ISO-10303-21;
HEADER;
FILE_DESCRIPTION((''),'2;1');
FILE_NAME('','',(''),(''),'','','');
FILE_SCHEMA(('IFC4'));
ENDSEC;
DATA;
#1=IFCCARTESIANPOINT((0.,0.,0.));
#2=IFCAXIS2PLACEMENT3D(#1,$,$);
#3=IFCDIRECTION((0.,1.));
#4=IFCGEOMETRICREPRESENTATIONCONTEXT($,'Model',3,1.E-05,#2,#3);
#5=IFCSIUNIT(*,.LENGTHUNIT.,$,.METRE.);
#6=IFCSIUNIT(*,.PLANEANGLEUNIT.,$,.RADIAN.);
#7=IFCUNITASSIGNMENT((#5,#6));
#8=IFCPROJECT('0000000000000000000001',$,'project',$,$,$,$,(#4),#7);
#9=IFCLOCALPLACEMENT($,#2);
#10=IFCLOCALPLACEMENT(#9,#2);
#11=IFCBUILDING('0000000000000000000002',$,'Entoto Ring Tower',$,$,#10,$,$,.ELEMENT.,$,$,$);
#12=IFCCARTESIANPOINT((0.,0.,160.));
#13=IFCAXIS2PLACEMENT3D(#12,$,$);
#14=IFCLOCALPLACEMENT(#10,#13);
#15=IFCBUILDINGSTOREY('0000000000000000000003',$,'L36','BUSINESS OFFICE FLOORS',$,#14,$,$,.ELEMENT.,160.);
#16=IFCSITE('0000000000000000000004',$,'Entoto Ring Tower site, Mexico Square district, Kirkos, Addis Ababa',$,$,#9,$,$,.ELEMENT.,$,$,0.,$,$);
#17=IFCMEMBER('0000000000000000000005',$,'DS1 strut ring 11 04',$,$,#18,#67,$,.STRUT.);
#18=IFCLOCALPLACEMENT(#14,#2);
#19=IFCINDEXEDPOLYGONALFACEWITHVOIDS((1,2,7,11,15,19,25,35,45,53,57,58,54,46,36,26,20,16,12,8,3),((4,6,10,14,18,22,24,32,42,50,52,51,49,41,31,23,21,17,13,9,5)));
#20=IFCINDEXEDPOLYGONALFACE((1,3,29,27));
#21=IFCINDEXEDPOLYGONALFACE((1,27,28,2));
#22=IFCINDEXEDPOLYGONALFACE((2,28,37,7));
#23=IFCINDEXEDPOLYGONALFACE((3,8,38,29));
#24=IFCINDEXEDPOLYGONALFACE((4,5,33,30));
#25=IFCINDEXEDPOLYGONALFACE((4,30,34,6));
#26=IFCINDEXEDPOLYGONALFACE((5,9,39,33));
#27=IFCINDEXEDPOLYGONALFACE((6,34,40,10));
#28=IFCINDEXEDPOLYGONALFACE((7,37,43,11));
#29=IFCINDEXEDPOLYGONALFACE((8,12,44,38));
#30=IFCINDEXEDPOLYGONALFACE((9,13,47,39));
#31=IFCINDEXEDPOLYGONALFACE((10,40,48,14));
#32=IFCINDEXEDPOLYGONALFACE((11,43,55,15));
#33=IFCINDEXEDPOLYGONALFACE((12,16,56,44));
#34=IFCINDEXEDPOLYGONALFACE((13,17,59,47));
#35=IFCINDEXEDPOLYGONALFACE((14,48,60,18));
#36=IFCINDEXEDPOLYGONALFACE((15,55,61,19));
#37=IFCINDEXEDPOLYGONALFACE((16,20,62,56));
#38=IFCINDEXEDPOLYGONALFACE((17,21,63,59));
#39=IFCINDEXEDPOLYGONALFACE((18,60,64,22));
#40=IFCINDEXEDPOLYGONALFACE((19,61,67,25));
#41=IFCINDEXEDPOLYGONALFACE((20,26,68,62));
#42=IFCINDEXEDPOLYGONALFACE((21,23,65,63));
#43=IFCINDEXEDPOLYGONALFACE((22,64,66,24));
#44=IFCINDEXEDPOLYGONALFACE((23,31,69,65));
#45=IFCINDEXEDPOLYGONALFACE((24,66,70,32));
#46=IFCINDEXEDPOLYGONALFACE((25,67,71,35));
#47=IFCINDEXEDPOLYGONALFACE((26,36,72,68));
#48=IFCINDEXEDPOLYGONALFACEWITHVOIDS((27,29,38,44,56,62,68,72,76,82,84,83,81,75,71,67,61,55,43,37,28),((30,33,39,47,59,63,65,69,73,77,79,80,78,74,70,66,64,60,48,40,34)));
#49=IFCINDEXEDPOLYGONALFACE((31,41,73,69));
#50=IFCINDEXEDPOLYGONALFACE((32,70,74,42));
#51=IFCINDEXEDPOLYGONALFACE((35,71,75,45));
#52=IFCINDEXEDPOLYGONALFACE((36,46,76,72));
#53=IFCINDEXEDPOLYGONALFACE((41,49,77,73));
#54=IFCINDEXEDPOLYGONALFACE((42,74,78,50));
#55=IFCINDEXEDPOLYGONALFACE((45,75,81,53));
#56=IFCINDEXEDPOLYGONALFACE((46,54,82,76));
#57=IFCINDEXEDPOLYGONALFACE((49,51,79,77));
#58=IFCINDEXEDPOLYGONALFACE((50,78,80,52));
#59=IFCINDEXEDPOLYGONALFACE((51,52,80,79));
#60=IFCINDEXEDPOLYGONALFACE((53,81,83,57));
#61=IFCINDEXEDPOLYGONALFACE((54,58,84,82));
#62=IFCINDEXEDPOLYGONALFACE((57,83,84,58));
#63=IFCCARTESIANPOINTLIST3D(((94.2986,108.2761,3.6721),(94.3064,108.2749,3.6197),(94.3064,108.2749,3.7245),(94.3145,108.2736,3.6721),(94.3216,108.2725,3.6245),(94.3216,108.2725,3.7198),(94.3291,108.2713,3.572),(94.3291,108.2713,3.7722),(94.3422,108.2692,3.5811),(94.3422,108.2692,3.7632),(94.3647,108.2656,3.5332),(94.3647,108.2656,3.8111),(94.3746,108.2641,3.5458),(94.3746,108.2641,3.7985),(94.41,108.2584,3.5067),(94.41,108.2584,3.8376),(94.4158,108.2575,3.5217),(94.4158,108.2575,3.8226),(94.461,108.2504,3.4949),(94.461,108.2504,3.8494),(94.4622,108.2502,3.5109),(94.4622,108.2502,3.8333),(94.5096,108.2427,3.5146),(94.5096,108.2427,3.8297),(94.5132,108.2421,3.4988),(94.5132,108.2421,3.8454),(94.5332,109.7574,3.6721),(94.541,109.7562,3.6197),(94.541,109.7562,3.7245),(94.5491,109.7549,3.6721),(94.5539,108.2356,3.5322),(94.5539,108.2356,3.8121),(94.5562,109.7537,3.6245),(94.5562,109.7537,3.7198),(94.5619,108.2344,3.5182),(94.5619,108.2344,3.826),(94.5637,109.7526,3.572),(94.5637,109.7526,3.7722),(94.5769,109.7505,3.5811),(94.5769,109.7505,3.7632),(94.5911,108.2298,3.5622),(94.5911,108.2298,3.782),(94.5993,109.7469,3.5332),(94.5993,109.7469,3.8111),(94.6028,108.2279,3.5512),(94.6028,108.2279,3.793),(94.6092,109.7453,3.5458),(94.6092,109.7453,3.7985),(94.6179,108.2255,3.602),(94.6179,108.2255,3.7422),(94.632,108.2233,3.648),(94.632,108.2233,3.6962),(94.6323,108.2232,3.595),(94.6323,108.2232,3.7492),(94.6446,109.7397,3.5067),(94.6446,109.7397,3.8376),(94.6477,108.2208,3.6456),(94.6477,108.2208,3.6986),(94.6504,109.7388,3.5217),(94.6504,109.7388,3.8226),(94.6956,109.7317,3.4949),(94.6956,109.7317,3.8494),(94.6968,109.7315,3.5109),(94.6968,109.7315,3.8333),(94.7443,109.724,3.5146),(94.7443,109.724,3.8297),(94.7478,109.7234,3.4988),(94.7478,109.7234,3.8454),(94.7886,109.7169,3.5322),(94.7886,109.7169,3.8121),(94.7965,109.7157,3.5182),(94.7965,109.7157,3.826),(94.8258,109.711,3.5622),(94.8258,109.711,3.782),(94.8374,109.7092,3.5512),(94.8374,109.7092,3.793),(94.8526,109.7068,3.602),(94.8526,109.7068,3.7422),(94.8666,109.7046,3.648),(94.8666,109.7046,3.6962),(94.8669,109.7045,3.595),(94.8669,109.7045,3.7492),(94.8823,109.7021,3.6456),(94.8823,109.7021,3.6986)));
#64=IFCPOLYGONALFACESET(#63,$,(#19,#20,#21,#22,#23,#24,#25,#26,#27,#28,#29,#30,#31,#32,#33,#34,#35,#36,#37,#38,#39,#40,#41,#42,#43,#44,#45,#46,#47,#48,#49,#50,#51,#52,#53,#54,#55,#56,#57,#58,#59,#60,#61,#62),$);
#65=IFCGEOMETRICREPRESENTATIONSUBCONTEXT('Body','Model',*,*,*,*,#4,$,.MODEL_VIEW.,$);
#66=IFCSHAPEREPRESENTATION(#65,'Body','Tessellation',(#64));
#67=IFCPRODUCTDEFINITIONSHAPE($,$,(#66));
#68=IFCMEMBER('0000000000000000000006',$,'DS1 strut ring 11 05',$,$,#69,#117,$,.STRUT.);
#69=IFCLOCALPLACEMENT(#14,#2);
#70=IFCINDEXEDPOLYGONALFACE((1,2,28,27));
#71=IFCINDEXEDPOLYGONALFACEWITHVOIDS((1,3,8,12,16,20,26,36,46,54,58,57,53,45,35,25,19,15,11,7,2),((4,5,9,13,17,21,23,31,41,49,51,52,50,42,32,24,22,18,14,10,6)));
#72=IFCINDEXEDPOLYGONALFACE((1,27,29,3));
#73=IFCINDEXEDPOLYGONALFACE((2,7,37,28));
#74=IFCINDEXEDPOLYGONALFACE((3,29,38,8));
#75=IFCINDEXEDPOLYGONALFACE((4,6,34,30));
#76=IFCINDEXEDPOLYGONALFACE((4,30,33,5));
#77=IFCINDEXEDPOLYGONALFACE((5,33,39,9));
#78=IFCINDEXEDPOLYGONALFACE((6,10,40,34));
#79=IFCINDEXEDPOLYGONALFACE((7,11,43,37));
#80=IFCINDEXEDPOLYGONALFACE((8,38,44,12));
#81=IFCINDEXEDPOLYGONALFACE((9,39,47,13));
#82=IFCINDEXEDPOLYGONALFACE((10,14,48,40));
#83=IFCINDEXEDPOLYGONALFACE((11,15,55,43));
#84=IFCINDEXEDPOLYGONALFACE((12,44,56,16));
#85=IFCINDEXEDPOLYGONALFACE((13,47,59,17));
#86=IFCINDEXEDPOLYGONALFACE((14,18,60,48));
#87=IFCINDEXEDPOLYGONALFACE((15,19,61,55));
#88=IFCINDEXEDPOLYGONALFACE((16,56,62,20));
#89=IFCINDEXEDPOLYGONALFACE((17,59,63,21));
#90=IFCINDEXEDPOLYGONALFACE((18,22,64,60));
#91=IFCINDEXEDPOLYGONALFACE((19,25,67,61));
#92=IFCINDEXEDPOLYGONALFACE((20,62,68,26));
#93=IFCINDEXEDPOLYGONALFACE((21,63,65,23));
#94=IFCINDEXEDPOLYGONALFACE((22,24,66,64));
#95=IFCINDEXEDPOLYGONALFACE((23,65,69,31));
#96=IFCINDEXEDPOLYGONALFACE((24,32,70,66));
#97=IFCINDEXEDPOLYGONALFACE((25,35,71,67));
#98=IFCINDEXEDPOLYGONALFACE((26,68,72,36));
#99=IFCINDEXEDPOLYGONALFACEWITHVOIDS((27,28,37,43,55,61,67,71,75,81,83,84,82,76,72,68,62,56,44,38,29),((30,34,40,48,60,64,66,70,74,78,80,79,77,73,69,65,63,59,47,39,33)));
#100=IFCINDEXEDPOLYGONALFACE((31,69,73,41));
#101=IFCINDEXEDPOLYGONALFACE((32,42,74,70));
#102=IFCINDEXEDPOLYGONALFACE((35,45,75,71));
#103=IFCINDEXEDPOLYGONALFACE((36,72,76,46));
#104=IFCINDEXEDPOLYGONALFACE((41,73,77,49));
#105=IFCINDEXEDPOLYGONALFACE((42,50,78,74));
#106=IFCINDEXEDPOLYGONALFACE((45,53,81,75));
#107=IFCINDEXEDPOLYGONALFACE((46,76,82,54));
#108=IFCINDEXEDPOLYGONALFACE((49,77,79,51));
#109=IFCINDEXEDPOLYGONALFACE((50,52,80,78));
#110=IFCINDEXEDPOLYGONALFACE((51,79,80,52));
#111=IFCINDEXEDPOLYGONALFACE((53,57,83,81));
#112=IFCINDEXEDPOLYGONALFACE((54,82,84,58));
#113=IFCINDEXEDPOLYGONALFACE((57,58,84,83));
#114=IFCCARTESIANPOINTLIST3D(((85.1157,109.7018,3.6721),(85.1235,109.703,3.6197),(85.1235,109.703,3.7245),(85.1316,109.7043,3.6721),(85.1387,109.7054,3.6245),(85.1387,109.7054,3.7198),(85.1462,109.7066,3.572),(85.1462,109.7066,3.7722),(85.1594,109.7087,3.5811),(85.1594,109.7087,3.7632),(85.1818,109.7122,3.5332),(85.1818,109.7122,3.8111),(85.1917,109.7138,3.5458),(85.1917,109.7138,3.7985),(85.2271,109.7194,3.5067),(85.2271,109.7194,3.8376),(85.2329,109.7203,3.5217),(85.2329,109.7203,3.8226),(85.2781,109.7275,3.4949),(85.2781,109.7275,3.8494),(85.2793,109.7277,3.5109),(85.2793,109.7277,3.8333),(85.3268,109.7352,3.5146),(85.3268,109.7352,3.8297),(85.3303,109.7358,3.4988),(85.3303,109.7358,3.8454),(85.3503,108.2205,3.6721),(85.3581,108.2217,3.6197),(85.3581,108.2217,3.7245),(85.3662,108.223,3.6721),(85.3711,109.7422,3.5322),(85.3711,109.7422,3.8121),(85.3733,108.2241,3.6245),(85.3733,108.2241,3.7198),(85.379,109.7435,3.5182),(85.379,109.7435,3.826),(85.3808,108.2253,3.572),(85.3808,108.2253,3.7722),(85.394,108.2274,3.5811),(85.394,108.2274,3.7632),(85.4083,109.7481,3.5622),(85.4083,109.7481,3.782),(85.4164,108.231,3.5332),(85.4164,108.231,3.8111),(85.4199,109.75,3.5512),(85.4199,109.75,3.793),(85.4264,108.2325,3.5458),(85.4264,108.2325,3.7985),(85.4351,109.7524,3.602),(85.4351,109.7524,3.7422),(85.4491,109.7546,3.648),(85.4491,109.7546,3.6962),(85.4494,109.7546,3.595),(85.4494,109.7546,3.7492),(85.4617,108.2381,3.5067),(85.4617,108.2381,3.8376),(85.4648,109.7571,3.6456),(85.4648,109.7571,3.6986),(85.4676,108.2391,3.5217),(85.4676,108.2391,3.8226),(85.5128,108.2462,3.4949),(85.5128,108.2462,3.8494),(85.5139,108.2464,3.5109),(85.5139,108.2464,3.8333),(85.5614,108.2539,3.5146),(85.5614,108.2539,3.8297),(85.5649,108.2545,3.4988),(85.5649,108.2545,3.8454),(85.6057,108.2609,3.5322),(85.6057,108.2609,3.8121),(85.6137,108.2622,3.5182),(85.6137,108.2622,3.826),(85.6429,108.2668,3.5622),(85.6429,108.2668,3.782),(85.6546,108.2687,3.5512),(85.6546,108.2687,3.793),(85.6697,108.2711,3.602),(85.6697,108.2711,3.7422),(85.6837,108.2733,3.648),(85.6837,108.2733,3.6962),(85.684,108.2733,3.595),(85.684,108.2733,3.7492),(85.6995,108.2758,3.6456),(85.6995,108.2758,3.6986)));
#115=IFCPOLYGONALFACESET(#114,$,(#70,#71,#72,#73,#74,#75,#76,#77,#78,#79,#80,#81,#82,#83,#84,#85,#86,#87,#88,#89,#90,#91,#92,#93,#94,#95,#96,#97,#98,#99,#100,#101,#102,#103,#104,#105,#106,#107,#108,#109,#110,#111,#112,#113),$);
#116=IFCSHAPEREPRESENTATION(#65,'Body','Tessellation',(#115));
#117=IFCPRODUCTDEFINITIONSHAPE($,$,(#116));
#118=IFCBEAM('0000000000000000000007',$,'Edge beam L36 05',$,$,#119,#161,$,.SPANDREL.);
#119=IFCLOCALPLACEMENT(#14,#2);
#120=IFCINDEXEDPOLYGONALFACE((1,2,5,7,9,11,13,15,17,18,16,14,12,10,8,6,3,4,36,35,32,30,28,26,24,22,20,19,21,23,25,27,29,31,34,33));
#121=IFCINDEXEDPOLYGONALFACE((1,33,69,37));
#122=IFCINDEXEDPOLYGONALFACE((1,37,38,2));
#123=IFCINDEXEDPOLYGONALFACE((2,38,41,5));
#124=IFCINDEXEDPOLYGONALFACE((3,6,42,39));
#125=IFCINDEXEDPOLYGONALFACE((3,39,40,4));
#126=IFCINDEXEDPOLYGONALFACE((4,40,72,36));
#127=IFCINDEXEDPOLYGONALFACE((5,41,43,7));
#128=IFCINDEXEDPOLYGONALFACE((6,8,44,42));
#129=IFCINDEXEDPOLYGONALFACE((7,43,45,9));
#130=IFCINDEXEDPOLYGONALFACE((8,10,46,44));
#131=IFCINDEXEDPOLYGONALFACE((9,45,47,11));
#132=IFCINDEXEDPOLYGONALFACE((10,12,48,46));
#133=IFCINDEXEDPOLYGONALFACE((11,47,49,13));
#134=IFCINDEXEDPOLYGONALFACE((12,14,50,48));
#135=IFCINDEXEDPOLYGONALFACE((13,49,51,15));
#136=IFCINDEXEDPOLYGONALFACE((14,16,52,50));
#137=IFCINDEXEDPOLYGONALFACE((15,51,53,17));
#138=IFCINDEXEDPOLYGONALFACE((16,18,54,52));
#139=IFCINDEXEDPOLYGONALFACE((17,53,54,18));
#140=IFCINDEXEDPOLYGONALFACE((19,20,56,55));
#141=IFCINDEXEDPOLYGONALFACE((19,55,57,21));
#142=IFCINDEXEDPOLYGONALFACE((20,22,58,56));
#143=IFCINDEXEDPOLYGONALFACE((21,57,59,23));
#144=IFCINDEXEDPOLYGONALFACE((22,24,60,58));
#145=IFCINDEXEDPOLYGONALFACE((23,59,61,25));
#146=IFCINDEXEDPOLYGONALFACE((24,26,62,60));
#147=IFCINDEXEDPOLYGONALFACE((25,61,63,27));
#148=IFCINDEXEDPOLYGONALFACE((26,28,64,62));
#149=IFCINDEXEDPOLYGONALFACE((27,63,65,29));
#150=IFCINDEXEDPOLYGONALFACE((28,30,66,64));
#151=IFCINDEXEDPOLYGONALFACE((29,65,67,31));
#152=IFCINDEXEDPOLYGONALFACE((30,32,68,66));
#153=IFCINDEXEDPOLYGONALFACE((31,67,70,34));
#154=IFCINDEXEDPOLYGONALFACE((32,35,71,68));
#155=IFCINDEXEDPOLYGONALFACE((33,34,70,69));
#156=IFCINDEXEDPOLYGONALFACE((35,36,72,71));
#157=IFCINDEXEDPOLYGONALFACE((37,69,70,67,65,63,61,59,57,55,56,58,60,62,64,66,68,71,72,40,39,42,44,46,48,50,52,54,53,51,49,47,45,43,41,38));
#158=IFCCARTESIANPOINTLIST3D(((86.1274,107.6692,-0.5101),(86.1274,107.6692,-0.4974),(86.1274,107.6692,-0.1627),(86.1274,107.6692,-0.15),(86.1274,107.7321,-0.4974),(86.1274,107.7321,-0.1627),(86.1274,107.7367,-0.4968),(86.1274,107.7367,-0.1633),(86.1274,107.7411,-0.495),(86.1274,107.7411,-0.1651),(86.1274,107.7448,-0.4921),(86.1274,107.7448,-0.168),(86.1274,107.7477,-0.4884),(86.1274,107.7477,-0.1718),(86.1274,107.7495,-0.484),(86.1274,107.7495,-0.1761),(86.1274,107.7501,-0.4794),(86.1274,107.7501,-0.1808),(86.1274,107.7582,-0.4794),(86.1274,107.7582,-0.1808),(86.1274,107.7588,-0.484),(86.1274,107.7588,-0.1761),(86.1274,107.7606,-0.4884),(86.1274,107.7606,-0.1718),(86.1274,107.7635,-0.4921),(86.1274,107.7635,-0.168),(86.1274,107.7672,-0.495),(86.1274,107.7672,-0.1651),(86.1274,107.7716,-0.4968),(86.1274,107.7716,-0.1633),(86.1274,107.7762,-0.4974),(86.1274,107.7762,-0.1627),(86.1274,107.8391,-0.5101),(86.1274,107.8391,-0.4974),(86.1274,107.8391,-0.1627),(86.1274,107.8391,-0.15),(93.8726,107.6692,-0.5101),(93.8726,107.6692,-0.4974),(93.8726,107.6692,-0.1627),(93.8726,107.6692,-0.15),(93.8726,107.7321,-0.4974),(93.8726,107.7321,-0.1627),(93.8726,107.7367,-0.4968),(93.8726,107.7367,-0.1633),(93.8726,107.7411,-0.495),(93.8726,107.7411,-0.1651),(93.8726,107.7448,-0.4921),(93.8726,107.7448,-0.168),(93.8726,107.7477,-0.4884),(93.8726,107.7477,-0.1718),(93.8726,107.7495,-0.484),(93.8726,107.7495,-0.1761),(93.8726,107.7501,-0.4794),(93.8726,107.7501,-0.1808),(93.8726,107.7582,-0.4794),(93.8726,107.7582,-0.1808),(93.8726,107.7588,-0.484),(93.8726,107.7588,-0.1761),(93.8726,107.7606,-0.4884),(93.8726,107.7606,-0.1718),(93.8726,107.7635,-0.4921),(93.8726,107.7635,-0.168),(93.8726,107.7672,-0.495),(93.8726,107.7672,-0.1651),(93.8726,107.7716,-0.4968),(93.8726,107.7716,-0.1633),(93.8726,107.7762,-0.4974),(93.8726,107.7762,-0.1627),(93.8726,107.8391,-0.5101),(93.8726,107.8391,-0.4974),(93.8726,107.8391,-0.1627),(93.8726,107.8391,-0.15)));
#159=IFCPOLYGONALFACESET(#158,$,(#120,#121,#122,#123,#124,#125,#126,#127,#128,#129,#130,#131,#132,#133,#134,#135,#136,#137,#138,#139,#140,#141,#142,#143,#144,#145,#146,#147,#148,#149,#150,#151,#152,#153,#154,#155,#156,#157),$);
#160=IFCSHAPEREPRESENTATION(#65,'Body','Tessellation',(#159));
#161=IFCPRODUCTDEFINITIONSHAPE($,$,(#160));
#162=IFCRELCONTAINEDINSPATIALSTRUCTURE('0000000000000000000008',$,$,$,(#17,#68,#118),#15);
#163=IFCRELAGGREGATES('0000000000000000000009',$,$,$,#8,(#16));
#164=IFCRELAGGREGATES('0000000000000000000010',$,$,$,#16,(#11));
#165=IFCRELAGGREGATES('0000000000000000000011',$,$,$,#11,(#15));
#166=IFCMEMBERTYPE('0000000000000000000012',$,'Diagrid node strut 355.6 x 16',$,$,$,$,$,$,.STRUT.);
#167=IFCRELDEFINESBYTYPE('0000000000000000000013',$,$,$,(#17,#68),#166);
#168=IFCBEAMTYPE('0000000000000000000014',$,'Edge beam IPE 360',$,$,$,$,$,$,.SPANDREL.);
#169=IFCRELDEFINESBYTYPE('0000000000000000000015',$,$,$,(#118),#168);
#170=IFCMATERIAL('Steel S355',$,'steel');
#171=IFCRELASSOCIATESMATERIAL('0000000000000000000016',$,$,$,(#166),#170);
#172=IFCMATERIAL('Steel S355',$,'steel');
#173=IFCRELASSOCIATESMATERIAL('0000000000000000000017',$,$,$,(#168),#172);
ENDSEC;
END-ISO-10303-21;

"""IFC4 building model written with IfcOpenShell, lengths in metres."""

from ifc_helpers import new_model, si_unit, direction, frame, origin, origin_2d, place, context, subcontext, project, spatial, circle, hollow_circle, i_section, extrude, material, material_profile, profile_set, type_object, element, save


model = new_model("IFC4")

# Units and contexts
model_context = context("Model", 3, precision=1e-05, world=origin(), true_north=direction((0.0, 1.0)))
body_context = subcontext(model_context, "Body", "Model", "MODEL_VIEW")
ifc_project = project(units=[si_unit("LENGTHUNIT", "METRE"), si_unit("PLANEANGLEUNIT", "RADIAN")], contexts=[model_context])

# Site, building, storey
site_placement = place(None, origin())
site = spatial("IfcSite", under=ifc_project, at=site_placement, Name="Entoto Ring Tower site, Mexico Square district, Kirkos, Addis Ababa", CompositionType="ELEMENT", RefElevation=0.0)
building_placement = place(site_placement, origin())
building = spatial("IfcBuilding", under=site, at=building_placement, Name="Entoto Ring Tower", CompositionType="ELEMENT")
storey_placement = place(building_placement, frame((0.0, 0.0, 160.0)))
storey = spatial("IfcBuildingStorey", under=building, at=storey_placement, Name="L36", Description="BUSINESS OFFICE FLOORS", CompositionType="ELEMENT", Elevation=160.0)

# Members
ifc_material_1 = material(Name="Steel S355", Category="steel")
ifc_material_profile_1 = material_profile(ifc_material_1, hollow_circle(Radius=0.1777, WallThickness=0.0161, at=origin_2d()), Name="CHS 355.6 x 16")
ifc_material_2 = material(Name="Concrete C60/75", Category="concrete")
ifc_material_profile_2 = material_profile(ifc_material_2, circle(Radius=0.1619, at=origin_2d()), Name="Concrete C60/75 infill")
ifc_profile_set_1 = profile_set([ifc_material_profile_1, ifc_material_profile_2], Name="Steel S355")
member_type = type_object("IfcMemberType", Name="Diagrid node strut 355.6 x 16", PredefinedType="STRUT", material=ifc_profile_set_1)
for number, where, z_axis, x_axis, name in (
    (1, (94.4741, 108.2483, 3.6721), (0.156447, 0.987686, 0.0), (-0.987686, 0.156447, 0.0), "DS1 strut ring 11 04"),
    (2, (85.5259, 108.2483, 3.6721), (-0.156447, 0.987686, 0.0), (-0.987686, -0.156447, 0.0), "DS1 strut ring 11 05"),
):
    element("IfcMember", number, at=place(storey_placement, frame(where, z_axis=z_axis, x_axis=x_axis)), inside=storey, type_object=member_type, Name=name, PredefinedType="STRUT", context=body_context, shape_type="SweptSolid", body=[
        extrude(hollow_circle(Radius=0.1777, WallThickness=0.0161, at=origin_2d()), origin(), (0.0, 0.0, 1.0), 1.4998),
    ])

# Beam
ifc_material_3 = material(Name="Steel S355", Category="steel")
ifc_material_profile_3 = material_profile(ifc_material_3, i_section(OverallWidth=0.1699, OverallDepth=0.3601, WebThickness=0.0081, FlangeThickness=0.0127, FilletRadius=0.0181, at=origin_2d()), Name="IPE 360")
ifc_profile_set_2 = profile_set([ifc_material_profile_3], Name="Steel S355")
beam_type_1 = type_object("IfcBeamType", Name="Edge beam IPE 360", PredefinedType="SPANDREL", material=ifc_profile_set_2)
beam_1_placement = place(storey_placement, frame((93.8726, 107.7542, -0.3301), z_axis=(-1.0, 0.0, 0.0), x_axis=(0.0, -1.0, 0.0)))
element("IfcBeam", 3, at=beam_1_placement, inside=storey, type_object=beam_type_1, Name="Edge beam L36 05", PredefinedType="SPANDREL", context=body_context, shape_type="SweptSolid", body=[
    extrude(i_section(OverallWidth=0.1699, OverallDepth=0.3601, WebThickness=0.0081, FlangeThickness=0.0127, FilletRadius=0.0181, at=origin_2d()), origin(), (0.0, 0.0, 1.0), 7.7451),
])

save(model, "model.ifc")
